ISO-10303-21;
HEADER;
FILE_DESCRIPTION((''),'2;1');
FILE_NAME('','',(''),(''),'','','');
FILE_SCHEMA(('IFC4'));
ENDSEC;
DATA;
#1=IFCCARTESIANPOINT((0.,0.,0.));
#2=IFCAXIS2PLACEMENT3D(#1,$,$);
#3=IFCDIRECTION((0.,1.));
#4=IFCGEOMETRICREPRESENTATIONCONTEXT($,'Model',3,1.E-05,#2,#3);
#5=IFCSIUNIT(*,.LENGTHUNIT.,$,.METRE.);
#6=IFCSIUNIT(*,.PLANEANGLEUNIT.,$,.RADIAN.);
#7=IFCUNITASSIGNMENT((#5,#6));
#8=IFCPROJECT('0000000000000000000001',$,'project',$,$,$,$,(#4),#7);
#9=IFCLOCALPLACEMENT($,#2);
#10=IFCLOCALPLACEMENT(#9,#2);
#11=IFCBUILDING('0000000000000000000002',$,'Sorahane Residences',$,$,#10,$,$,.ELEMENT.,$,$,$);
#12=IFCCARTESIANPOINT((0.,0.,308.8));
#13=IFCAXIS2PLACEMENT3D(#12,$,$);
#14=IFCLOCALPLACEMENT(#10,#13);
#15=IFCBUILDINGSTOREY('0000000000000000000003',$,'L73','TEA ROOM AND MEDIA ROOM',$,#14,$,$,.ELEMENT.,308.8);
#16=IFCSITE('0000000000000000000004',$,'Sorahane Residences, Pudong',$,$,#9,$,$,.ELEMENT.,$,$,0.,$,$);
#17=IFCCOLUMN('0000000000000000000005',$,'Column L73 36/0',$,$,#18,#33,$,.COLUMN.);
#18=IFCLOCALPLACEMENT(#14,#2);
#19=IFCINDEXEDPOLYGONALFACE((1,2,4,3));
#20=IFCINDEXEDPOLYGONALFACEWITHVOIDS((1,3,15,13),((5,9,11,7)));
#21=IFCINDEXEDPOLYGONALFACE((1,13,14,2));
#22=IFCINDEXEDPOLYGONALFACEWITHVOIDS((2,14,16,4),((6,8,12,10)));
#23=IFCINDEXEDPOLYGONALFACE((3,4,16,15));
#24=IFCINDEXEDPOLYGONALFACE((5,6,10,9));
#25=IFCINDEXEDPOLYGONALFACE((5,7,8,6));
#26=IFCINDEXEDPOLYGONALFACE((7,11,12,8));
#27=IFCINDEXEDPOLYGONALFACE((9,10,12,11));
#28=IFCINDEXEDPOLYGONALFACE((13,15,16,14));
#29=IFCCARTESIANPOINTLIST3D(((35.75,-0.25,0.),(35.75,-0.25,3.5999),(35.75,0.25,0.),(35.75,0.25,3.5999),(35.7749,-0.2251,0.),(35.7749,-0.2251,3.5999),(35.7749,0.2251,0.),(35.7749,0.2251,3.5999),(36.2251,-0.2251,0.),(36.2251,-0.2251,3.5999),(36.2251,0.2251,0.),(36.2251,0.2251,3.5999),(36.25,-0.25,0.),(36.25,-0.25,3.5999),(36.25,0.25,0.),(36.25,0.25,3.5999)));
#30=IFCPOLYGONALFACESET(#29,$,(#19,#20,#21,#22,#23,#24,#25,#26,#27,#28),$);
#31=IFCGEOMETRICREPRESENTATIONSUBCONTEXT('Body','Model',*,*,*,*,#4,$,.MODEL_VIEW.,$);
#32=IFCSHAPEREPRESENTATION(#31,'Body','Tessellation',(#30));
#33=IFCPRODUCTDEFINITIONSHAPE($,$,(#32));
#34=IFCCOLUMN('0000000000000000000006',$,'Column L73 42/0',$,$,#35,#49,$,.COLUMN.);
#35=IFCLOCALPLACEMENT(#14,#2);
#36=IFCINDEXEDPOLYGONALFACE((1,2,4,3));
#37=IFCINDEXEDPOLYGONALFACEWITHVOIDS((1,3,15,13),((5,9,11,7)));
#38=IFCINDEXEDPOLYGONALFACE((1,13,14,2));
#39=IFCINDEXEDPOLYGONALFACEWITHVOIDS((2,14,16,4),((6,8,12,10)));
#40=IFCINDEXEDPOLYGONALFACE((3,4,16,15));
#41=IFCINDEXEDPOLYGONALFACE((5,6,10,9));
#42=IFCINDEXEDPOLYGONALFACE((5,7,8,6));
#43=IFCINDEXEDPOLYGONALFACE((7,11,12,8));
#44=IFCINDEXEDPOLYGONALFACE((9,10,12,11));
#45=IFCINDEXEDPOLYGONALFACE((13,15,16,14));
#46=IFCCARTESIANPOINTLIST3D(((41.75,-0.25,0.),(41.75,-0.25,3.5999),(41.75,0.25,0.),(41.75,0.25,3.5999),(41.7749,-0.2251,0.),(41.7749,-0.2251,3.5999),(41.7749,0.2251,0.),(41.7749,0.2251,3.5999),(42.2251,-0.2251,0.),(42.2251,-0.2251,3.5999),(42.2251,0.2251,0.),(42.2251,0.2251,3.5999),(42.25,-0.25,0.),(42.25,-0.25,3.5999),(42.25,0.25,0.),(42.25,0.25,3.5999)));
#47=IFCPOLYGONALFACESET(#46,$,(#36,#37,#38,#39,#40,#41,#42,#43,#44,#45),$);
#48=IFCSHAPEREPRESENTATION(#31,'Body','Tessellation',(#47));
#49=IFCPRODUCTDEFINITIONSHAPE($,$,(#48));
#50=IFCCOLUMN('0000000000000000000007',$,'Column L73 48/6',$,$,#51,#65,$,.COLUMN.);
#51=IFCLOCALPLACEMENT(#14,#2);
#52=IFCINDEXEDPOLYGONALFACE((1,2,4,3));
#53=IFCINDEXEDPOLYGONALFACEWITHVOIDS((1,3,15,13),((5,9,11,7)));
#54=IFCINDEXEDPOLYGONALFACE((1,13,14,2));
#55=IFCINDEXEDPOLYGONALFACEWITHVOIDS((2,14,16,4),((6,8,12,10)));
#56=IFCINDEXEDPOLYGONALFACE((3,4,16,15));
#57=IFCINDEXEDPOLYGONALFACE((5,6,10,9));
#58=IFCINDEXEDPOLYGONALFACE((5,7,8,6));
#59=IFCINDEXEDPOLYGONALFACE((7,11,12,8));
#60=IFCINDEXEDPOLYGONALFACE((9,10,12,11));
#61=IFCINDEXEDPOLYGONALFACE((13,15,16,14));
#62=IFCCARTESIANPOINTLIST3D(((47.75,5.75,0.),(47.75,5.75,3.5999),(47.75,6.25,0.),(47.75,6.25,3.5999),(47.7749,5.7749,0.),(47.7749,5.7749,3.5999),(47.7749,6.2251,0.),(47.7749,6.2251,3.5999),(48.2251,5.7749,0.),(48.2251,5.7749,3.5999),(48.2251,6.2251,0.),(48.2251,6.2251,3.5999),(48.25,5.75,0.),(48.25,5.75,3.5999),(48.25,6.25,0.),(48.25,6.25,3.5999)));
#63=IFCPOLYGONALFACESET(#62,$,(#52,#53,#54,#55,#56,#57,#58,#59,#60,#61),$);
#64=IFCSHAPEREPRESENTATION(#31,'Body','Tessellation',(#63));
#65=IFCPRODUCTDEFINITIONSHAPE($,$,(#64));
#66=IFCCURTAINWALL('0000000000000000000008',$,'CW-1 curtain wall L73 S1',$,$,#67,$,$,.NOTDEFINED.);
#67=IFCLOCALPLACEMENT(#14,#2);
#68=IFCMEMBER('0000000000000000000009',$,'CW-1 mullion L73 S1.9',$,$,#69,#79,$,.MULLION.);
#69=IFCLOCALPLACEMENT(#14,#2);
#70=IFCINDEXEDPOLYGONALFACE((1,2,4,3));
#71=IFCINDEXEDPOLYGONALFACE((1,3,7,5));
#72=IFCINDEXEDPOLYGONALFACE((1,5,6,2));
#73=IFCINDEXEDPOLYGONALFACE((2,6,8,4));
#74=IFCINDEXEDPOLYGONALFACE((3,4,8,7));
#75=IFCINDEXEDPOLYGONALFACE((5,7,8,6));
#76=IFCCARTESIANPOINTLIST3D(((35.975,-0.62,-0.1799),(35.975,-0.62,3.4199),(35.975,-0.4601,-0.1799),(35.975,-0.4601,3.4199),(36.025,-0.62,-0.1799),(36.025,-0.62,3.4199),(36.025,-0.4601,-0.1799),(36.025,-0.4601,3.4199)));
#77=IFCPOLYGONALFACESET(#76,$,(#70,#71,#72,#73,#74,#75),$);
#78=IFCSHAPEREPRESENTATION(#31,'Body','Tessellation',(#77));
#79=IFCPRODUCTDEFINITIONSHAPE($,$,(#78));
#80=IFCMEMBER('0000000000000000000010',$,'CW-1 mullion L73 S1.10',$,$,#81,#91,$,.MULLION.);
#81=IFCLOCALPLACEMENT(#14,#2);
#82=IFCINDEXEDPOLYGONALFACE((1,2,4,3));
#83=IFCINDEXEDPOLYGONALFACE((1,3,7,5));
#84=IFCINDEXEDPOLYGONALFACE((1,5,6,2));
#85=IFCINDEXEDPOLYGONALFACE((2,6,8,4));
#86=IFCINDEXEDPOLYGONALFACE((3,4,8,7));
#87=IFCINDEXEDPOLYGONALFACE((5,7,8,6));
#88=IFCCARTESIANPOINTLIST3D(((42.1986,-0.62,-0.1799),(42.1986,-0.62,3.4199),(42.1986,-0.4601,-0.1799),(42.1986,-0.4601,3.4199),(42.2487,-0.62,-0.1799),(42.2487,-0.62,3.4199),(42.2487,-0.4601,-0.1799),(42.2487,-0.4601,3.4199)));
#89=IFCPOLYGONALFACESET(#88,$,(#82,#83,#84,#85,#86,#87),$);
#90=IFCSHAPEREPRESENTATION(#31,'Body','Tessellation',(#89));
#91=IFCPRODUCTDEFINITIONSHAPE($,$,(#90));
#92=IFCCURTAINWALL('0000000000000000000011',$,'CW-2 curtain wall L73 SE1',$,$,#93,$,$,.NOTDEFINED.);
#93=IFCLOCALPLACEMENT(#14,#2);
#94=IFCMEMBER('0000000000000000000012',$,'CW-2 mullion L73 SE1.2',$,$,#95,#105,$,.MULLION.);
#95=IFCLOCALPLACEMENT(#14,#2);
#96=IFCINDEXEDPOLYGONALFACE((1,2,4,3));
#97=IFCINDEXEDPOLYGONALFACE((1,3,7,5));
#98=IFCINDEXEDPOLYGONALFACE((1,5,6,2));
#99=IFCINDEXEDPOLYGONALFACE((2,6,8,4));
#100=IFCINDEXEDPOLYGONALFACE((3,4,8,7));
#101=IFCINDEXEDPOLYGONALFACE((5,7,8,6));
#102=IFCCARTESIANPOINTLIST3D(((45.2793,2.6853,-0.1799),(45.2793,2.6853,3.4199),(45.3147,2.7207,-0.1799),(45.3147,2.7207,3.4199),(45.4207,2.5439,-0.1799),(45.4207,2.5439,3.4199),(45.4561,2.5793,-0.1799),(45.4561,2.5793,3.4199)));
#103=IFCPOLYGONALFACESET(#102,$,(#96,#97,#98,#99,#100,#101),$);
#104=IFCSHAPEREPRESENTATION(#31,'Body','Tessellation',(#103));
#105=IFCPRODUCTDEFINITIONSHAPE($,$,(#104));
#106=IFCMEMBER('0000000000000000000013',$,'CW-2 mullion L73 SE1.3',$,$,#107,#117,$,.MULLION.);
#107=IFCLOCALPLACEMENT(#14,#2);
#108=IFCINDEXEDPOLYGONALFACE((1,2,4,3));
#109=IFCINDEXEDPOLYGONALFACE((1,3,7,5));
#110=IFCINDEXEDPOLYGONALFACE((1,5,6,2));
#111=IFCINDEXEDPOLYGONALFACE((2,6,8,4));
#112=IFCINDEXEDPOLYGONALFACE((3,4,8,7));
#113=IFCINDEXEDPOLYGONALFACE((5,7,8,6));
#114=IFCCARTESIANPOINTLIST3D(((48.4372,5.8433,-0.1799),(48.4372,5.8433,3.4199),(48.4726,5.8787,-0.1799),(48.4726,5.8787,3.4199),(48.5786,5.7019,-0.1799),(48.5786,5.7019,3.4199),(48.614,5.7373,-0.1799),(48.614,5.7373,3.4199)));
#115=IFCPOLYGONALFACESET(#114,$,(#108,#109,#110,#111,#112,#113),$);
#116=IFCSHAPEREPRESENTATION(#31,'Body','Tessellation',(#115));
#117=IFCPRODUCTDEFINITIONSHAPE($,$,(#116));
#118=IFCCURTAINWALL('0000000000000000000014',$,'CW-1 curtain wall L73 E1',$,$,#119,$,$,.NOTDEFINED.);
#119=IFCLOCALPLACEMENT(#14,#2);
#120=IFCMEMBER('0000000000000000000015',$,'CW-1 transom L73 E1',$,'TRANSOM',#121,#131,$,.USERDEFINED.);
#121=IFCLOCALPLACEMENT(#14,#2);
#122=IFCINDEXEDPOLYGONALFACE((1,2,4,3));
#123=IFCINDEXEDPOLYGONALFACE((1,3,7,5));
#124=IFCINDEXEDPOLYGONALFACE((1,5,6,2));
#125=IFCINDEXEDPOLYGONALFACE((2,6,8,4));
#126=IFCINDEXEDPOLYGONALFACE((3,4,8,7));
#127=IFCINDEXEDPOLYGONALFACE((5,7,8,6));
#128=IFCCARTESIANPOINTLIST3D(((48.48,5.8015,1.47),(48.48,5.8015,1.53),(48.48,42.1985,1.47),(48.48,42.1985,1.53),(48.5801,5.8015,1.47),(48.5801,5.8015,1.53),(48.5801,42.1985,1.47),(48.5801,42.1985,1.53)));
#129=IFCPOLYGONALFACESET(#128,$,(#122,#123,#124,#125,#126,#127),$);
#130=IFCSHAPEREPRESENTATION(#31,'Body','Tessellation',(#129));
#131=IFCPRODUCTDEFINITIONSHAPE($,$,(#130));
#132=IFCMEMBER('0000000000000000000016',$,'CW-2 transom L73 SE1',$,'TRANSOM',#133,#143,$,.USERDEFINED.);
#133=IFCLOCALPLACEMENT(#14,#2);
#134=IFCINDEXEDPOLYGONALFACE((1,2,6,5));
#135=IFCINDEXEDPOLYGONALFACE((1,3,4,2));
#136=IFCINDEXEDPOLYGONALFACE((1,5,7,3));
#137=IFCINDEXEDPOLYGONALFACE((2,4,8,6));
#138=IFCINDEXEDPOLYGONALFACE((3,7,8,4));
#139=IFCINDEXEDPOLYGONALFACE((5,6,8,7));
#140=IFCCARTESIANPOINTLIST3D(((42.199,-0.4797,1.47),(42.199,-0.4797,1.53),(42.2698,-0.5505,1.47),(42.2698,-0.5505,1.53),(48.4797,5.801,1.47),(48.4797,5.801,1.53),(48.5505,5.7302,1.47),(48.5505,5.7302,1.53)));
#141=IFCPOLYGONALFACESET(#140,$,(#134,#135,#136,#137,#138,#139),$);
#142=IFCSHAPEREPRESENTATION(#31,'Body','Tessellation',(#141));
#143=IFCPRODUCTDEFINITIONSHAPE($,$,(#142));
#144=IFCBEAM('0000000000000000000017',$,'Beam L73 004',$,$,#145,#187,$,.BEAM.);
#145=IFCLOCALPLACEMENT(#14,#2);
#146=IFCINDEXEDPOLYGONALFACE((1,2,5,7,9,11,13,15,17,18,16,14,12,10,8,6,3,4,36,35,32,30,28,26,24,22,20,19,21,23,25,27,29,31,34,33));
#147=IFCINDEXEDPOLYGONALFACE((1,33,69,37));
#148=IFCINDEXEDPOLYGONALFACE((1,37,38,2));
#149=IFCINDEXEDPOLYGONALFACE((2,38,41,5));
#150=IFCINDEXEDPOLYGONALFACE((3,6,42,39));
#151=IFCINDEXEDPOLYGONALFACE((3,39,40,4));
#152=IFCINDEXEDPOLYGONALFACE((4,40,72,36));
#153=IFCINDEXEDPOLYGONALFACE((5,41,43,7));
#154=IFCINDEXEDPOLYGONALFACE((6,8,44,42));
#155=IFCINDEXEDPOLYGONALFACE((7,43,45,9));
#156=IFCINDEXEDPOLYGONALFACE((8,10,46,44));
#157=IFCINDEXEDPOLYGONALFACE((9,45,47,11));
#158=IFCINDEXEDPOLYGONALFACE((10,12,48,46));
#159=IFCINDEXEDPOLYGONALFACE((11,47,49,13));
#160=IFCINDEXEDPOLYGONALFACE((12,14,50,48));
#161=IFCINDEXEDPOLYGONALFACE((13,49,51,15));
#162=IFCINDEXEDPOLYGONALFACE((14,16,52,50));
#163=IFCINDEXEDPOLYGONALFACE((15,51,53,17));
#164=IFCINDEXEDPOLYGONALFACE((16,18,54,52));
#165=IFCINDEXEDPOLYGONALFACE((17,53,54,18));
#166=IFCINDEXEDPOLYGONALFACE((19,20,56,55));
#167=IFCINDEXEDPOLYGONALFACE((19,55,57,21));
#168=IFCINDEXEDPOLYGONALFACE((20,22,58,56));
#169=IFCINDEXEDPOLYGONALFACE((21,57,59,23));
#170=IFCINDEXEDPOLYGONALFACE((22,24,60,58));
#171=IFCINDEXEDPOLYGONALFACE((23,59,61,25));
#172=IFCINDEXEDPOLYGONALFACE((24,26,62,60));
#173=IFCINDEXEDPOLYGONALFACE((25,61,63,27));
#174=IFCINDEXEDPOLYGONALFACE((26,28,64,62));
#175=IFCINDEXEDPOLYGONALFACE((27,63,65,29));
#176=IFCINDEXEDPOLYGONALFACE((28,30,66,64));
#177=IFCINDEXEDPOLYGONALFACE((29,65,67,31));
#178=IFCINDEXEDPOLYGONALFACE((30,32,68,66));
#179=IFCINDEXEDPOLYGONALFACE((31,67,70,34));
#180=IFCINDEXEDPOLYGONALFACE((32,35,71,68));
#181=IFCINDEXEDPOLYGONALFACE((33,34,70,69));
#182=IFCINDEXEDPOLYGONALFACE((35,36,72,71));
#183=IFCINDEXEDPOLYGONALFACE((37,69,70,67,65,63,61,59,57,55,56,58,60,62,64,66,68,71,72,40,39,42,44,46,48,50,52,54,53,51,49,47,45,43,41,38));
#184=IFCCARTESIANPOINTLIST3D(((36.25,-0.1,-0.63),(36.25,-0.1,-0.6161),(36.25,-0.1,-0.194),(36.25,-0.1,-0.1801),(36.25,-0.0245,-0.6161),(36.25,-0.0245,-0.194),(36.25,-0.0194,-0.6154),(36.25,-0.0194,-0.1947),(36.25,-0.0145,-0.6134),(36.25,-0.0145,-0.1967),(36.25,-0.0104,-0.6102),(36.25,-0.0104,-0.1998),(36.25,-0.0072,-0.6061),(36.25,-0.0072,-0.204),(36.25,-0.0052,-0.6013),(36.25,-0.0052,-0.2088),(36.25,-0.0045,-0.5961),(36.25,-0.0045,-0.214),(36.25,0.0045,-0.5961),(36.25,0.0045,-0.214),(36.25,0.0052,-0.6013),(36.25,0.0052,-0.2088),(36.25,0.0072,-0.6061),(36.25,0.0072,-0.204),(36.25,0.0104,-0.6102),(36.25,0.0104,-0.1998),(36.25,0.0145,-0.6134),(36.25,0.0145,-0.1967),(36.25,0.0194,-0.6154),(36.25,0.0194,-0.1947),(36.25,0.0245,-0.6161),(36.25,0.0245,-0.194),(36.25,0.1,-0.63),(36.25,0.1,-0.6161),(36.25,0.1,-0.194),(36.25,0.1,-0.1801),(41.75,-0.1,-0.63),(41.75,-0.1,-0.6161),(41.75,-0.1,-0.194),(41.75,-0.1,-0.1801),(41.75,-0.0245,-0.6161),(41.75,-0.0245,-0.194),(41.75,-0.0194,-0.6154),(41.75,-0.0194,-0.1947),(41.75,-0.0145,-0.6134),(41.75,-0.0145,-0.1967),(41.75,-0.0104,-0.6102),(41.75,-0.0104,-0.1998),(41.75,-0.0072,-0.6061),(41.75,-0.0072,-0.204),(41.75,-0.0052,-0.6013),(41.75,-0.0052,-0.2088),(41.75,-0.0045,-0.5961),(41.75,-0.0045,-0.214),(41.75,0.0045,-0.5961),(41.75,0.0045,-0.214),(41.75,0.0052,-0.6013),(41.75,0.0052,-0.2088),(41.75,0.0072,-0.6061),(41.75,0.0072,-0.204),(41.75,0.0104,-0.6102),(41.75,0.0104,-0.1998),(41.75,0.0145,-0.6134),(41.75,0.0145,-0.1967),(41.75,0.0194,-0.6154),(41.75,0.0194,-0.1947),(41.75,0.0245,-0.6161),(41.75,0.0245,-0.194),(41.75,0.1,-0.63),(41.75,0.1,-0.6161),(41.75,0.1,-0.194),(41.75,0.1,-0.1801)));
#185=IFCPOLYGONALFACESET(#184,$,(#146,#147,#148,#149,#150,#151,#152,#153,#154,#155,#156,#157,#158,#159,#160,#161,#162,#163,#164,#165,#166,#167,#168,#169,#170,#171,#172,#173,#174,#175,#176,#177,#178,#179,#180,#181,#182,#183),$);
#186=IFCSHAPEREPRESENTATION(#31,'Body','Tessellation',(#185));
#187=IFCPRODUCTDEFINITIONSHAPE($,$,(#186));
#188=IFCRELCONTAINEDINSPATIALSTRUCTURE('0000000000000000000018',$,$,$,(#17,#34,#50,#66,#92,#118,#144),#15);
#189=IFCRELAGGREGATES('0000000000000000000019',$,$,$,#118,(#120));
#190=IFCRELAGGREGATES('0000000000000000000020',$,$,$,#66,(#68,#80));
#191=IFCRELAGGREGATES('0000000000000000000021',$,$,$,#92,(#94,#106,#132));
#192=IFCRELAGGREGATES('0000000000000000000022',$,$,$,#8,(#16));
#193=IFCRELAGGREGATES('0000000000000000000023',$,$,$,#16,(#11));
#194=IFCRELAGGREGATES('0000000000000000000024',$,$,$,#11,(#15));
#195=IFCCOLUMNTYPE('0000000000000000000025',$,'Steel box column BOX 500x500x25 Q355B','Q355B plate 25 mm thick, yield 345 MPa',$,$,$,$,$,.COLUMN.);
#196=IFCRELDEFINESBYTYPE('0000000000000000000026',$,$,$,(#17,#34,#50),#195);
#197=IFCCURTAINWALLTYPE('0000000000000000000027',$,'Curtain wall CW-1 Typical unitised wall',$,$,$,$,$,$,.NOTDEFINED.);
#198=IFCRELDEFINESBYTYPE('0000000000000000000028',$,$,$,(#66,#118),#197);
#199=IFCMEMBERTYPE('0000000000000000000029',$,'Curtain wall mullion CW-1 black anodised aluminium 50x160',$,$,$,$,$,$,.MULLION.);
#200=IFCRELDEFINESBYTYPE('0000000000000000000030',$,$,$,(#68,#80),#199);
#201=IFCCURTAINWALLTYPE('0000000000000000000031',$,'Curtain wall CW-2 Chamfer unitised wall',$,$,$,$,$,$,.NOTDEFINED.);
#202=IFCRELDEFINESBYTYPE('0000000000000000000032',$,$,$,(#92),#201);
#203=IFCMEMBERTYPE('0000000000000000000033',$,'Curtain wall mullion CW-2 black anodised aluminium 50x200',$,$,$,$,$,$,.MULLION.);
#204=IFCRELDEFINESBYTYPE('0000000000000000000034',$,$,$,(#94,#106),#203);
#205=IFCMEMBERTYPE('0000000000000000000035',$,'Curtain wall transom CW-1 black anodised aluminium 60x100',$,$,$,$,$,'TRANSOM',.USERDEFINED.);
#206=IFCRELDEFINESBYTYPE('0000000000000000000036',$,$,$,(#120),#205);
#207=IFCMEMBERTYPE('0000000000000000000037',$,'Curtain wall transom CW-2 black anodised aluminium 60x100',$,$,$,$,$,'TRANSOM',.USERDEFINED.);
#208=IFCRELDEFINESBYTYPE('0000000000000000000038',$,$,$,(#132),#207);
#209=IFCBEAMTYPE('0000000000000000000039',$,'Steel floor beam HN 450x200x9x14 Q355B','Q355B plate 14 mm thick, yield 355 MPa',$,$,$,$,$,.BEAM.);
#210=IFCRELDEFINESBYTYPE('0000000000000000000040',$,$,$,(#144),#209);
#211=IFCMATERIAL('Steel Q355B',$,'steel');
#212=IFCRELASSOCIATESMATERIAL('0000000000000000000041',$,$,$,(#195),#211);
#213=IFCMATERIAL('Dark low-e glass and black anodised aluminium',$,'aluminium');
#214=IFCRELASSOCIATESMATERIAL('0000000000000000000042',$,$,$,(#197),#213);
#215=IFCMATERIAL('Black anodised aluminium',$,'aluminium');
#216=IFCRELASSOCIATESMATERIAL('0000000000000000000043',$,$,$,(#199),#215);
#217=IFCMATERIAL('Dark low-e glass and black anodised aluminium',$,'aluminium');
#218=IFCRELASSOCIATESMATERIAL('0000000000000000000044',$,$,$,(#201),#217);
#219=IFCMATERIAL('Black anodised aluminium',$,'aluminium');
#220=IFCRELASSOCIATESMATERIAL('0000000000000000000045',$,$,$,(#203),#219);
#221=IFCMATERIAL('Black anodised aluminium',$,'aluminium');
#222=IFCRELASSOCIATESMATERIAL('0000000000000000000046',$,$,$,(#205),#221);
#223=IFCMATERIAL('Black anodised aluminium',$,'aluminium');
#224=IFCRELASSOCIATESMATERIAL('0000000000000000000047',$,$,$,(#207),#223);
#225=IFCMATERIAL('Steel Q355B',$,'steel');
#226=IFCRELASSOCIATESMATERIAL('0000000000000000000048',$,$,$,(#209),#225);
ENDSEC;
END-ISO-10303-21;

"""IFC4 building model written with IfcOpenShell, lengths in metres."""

from ifc_helpers import new_model, si_unit, direction, frame, origin, origin_2d, place, context, subcontext, project, spatial, rectangle, hollow_rectangle, i_section, extrude, material, material_profile, profile_set, type_object, element, aggregate, save


model = new_model("IFC4")

# Units and contexts
model_context = context("Model", 3, precision=1e-05, world=origin(), true_north=direction((0.0, 1.0)))
body_context = subcontext(model_context, "Body", "Model", "MODEL_VIEW")
ifc_project = project(units=[si_unit("LENGTHUNIT", "METRE"), si_unit("PLANEANGLEUNIT", "RADIAN")], contexts=[model_context])

# Site, building, storey
site_placement = place(None, origin())
site = spatial("IfcSite", under=ifc_project, at=site_placement, Name="Sorahane Residences, Pudong", CompositionType="ELEMENT", RefElevation=0.0)
building_placement = place(site_placement, origin())
building = spatial("IfcBuilding", under=site, at=building_placement, Name="Sorahane Residences", CompositionType="ELEMENT")
storey_placement = place(building_placement, frame((0.0, 0.0, 308.8)))
storey = spatial("IfcBuildingStorey", under=building, at=storey_placement, Name="L73", Description="TEA ROOM AND MEDIA ROOM", CompositionType="ELEMENT", Elevation=308.8)

# Columns
ifc_material_1 = material(Name="Steel Q355B", Category="steel")
ifc_material_profile_1 = material_profile(ifc_material_1, hollow_rectangle(XDim=0.5, YDim=0.5, WallThickness=0.0249, at=origin_2d()), Name="BOX 500x500x25")
ifc_profile_set_1 = profile_set([ifc_material_profile_1], Name="Steel Q355B")
column_type = type_object("IfcColumnType", Name="Steel box column BOX 500x500x25 Q355B", Description="Q355B plate 25 mm thick, yield 345 MPa", PredefinedType="COLUMN", material=ifc_profile_set_1)
for number, where, z_axis, x_axis, name in (
    (1, (36.0, 0.0, 0.0), (0.0, 0.0, 1.0), (1.0, 0.0, 0.0), "Column L73 36/0"),
    (2, (42.0, 0.0, 0.0), (0.0, 0.0, 1.0), (1.0, 0.0, 0.0), "Column L73 42/0"),
    (3, (48.0, 6.0, 0.0), (0.0, 0.0, 1.0), (1.0, 0.0, 0.0), "Column L73 48/6"),
):
    element("IfcColumn", number, at=place(storey_placement, frame(where, z_axis=z_axis, x_axis=x_axis)), inside=storey, type_object=column_type, Name=name, PredefinedType="COLUMN", context=body_context, shape_type="SweptSolid", body=[
        extrude(hollow_rectangle(XDim=0.5, YDim=0.5, WallThickness=0.0249, at=origin_2d()), origin(), (0.0, 0.0, 1.0), 3.5999),
    ])

# Curtain walls, members
ifc_material_2 = material(Name="Dark low-e glass and black anodised aluminium", Category="aluminium")
curtain_wall_type_1 = type_object("IfcCurtainWallType", Name="Curtain wall CW-1 Typical unitised wall", PredefinedType="NOTDEFINED", material=ifc_material_2)
curtain_wall_1_placement = place(storey_placement, origin())
curtain_wall_1 = element("IfcCurtainWall", 4, at=curtain_wall_1_placement, inside=storey, type_object=curtain_wall_type_1, Name="CW-1 curtain wall L73 S1", PredefinedType="NOTDEFINED")
ifc_material_3 = material(Name="Black anodised aluminium", Category="aluminium")
ifc_material_profile_2 = material_profile(ifc_material_3, rectangle(XDim=0.1599, YDim=0.05, at=origin_2d()), Name="Curtain wall mullion CW-1 black anodised aluminium 50x160")
ifc_profile_set_2 = profile_set([ifc_material_profile_2], Name="Black anodised aluminium")
member_type_1 = type_object("IfcMemberType", Name="Curtain wall mullion CW-1 black anodised aluminium 50x160", PredefinedType="MULLION", material=ifc_profile_set_2)
member_1_placement = place(storey_placement, frame((36.0, -0.54, -0.1799), z_axis=(0.0, 0.0, 1.0), x_axis=(0.0, -1.0, 0.0)))
member_1 = element("IfcMember", 5, at=member_1_placement, type_object=member_type_1, Name="CW-1 mullion L73 S1.9", PredefinedType="MULLION", context=body_context, shape_type="SweptSolid", body=[
    extrude(rectangle(XDim=0.1599, YDim=0.05, at=origin_2d()), origin(), (0.0, 0.0, 1.0), 3.5999),
])
member_2_placement = place(storey_placement, frame((42.2236, -0.54, -0.1799), z_axis=(0.0, 0.0, 1.0), x_axis=(0.0, -1.0, 0.0)))
member_2 = element("IfcMember", 6, at=member_2_placement, type_object=member_type_1, Name="CW-1 mullion L73 S1.10", PredefinedType="MULLION", context=body_context, shape_type="SweptSolid", body=[
    extrude(rectangle(XDim=0.1599, YDim=0.05, at=origin_2d()), origin(), (0.0, 0.0, 1.0), 3.5999),
])
ifc_material_4 = material(Name="Dark low-e glass and black anodised aluminium", Category="aluminium")
curtain_wall_type_2 = type_object("IfcCurtainWallType", Name="Curtain wall CW-2 Chamfer unitised wall", PredefinedType="NOTDEFINED", material=ifc_material_4)
curtain_wall_2_placement = place(storey_placement, origin())
curtain_wall_2 = element("IfcCurtainWall", 7, at=curtain_wall_2_placement, inside=storey, type_object=curtain_wall_type_2, Name="CW-2 curtain wall L73 SE1", PredefinedType="NOTDEFINED")
ifc_material_5 = material(Name="Black anodised aluminium", Category="aluminium")
ifc_material_profile_3 = material_profile(ifc_material_5, rectangle(XDim=0.2, YDim=0.05, at=origin_2d()), Name="Curtain wall mullion CW-2 black anodised aluminium 50x200")
ifc_profile_set_3 = profile_set([ifc_material_profile_3], Name="Black anodised aluminium")
member_type_2 = type_object("IfcMemberType", Name="Curtain wall mullion CW-2 black anodised aluminium 50x200", PredefinedType="MULLION", material=ifc_profile_set_3)
member_3_placement = place(storey_placement, frame((45.3677, 2.6323, -0.1799), z_axis=(0.0, 0.0, 1.0), x_axis=(0.707107, -0.707107, 0.0)))
member_3 = element("IfcMember", 8, at=member_3_placement, type_object=member_type_2, Name="CW-2 mullion L73 SE1.2", PredefinedType="MULLION", context=body_context, shape_type="SweptSolid", body=[
    extrude(rectangle(XDim=0.2, YDim=0.05, at=origin_2d()), origin(), (0.0, 0.0, 1.0), 3.5999),
])
member_4_placement = place(storey_placement, frame((48.5256, 5.7903, -0.1799), z_axis=(0.0, 0.0, 1.0), x_axis=(0.707107, -0.707107, 0.0)))
member_4 = element("IfcMember", 9, at=member_4_placement, type_object=member_type_2, Name="CW-2 mullion L73 SE1.3", PredefinedType="MULLION", context=body_context, shape_type="SweptSolid", body=[
    extrude(rectangle(XDim=0.2, YDim=0.05, at=origin_2d()), origin(), (0.0, 0.0, 1.0), 3.5999),
])

# Curtain wall, member
curtain_wall_3_placement = place(storey_placement, origin())
curtain_wall_3 = element("IfcCurtainWall", 10, at=curtain_wall_3_placement, inside=storey, type_object=curtain_wall_type_1, Name="CW-1 curtain wall L73 E1", PredefinedType="NOTDEFINED")
ifc_material_6 = material(Name="Black anodised aluminium", Category="aluminium")
ifc_material_profile_4 = material_profile(ifc_material_6, rectangle(XDim=0.1001, YDim=0.0601, at=origin_2d()), Name="Curtain wall transom CW-1 black anodised aluminium 60x100")
ifc_profile_set_4 = profile_set([ifc_material_profile_4], Name="Black anodised aluminium")
member_type_3 = type_object("IfcMemberType", Name="Curtain wall transom CW-1 black anodised aluminium 60x100", ElementType="TRANSOM", PredefinedType="USERDEFINED", material=ifc_profile_set_4)
member_5_placement = place(storey_placement, frame((48.53, 5.8015, 1.5), z_axis=(0.0, 1.0, 0.0), x_axis=(-1.0, 0.0, 0.0)))
member_5 = element("IfcMember", 11, at=member_5_placement, type_object=member_type_3, Name="CW-1 transom L73 E1", ObjectType="TRANSOM", PredefinedType="USERDEFINED", context=body_context, shape_type="SweptSolid", body=[
    extrude(rectangle(XDim=0.1001, YDim=0.0601, at=origin_2d()), origin(), (0.0, 0.0, 1.0), 36.397),
])
aggregate(curtain_wall_3, [member_5])

# Member
ifc_material_7 = material(Name="Black anodised aluminium", Category="aluminium")
ifc_material_profile_5 = material_profile(ifc_material_7, rectangle(XDim=0.1001, YDim=0.0601, at=origin_2d()), Name="Curtain wall transom CW-2 black anodised aluminium 60x100")
ifc_profile_set_5 = profile_set([ifc_material_profile_5], Name="Black anodised aluminium")
member_type_4 = type_object("IfcMemberType", Name="Curtain wall transom CW-2 black anodised aluminium 60x100", ElementType="TRANSOM", PredefinedType="USERDEFINED", material=ifc_profile_set_5)
member_6_placement = place(storey_placement, frame((42.2344, -0.5151, 1.5), z_axis=(0.707107, 0.707107, 0.0), x_axis=(-0.707107, 0.707107, 0.0)))
member_6 = element("IfcMember", 12, at=member_6_placement, type_object=member_type_4, Name="CW-2 transom L73 SE1", ObjectType="TRANSOM", PredefinedType="USERDEFINED", context=body_context, shape_type="SweptSolid", body=[
    extrude(rectangle(XDim=0.1001, YDim=0.0601, at=origin_2d()), origin(), (0.0, 0.0, 1.0), 8.8823),
])

# Beam
ifc_material_8 = material(Name="Steel Q355B", Category="steel")
ifc_material_profile_6 = material_profile(ifc_material_8, i_section(OverallWidth=0.2, OverallDepth=0.45, WebThickness=0.009, FlangeThickness=0.0139, FilletRadius=0.02, at=origin_2d()), Name="HN 450x200x9x14")
ifc_profile_set_6 = profile_set([ifc_material_profile_6], Name="Steel Q355B")
beam_type_1 = type_object("IfcBeamType", Name="Steel floor beam HN 450x200x9x14 Q355B", Description="Q355B plate 14 mm thick, yield 355 MPa", PredefinedType="BEAM", material=ifc_profile_set_6)
for number, where, z_axis, x_axis, name in (
    (13, (36.25, 0.0, -0.405), (1.0, 0.0, 0.0), (0.0, 1.0, 0.0), "Beam L73 004"),
):
    element("IfcBeam", number, at=place(storey_placement, frame(where, z_axis=z_axis, x_axis=x_axis)), inside=storey, type_object=beam_type_1, Name=name, PredefinedType="BEAM", context=body_context, shape_type="SweptSolid", body=[
        extrude(i_section(OverallWidth=0.2, OverallDepth=0.45, WebThickness=0.009, FlangeThickness=0.0139, FilletRadius=0.02, at=origin_2d()), origin(), (0.0, 0.0, 1.0), 5.5),
    ])

aggregate(curtain_wall_1, [member_1, member_2])
aggregate(curtain_wall_2, [member_3, member_4, member_6])

save(model, "model.ifc")
